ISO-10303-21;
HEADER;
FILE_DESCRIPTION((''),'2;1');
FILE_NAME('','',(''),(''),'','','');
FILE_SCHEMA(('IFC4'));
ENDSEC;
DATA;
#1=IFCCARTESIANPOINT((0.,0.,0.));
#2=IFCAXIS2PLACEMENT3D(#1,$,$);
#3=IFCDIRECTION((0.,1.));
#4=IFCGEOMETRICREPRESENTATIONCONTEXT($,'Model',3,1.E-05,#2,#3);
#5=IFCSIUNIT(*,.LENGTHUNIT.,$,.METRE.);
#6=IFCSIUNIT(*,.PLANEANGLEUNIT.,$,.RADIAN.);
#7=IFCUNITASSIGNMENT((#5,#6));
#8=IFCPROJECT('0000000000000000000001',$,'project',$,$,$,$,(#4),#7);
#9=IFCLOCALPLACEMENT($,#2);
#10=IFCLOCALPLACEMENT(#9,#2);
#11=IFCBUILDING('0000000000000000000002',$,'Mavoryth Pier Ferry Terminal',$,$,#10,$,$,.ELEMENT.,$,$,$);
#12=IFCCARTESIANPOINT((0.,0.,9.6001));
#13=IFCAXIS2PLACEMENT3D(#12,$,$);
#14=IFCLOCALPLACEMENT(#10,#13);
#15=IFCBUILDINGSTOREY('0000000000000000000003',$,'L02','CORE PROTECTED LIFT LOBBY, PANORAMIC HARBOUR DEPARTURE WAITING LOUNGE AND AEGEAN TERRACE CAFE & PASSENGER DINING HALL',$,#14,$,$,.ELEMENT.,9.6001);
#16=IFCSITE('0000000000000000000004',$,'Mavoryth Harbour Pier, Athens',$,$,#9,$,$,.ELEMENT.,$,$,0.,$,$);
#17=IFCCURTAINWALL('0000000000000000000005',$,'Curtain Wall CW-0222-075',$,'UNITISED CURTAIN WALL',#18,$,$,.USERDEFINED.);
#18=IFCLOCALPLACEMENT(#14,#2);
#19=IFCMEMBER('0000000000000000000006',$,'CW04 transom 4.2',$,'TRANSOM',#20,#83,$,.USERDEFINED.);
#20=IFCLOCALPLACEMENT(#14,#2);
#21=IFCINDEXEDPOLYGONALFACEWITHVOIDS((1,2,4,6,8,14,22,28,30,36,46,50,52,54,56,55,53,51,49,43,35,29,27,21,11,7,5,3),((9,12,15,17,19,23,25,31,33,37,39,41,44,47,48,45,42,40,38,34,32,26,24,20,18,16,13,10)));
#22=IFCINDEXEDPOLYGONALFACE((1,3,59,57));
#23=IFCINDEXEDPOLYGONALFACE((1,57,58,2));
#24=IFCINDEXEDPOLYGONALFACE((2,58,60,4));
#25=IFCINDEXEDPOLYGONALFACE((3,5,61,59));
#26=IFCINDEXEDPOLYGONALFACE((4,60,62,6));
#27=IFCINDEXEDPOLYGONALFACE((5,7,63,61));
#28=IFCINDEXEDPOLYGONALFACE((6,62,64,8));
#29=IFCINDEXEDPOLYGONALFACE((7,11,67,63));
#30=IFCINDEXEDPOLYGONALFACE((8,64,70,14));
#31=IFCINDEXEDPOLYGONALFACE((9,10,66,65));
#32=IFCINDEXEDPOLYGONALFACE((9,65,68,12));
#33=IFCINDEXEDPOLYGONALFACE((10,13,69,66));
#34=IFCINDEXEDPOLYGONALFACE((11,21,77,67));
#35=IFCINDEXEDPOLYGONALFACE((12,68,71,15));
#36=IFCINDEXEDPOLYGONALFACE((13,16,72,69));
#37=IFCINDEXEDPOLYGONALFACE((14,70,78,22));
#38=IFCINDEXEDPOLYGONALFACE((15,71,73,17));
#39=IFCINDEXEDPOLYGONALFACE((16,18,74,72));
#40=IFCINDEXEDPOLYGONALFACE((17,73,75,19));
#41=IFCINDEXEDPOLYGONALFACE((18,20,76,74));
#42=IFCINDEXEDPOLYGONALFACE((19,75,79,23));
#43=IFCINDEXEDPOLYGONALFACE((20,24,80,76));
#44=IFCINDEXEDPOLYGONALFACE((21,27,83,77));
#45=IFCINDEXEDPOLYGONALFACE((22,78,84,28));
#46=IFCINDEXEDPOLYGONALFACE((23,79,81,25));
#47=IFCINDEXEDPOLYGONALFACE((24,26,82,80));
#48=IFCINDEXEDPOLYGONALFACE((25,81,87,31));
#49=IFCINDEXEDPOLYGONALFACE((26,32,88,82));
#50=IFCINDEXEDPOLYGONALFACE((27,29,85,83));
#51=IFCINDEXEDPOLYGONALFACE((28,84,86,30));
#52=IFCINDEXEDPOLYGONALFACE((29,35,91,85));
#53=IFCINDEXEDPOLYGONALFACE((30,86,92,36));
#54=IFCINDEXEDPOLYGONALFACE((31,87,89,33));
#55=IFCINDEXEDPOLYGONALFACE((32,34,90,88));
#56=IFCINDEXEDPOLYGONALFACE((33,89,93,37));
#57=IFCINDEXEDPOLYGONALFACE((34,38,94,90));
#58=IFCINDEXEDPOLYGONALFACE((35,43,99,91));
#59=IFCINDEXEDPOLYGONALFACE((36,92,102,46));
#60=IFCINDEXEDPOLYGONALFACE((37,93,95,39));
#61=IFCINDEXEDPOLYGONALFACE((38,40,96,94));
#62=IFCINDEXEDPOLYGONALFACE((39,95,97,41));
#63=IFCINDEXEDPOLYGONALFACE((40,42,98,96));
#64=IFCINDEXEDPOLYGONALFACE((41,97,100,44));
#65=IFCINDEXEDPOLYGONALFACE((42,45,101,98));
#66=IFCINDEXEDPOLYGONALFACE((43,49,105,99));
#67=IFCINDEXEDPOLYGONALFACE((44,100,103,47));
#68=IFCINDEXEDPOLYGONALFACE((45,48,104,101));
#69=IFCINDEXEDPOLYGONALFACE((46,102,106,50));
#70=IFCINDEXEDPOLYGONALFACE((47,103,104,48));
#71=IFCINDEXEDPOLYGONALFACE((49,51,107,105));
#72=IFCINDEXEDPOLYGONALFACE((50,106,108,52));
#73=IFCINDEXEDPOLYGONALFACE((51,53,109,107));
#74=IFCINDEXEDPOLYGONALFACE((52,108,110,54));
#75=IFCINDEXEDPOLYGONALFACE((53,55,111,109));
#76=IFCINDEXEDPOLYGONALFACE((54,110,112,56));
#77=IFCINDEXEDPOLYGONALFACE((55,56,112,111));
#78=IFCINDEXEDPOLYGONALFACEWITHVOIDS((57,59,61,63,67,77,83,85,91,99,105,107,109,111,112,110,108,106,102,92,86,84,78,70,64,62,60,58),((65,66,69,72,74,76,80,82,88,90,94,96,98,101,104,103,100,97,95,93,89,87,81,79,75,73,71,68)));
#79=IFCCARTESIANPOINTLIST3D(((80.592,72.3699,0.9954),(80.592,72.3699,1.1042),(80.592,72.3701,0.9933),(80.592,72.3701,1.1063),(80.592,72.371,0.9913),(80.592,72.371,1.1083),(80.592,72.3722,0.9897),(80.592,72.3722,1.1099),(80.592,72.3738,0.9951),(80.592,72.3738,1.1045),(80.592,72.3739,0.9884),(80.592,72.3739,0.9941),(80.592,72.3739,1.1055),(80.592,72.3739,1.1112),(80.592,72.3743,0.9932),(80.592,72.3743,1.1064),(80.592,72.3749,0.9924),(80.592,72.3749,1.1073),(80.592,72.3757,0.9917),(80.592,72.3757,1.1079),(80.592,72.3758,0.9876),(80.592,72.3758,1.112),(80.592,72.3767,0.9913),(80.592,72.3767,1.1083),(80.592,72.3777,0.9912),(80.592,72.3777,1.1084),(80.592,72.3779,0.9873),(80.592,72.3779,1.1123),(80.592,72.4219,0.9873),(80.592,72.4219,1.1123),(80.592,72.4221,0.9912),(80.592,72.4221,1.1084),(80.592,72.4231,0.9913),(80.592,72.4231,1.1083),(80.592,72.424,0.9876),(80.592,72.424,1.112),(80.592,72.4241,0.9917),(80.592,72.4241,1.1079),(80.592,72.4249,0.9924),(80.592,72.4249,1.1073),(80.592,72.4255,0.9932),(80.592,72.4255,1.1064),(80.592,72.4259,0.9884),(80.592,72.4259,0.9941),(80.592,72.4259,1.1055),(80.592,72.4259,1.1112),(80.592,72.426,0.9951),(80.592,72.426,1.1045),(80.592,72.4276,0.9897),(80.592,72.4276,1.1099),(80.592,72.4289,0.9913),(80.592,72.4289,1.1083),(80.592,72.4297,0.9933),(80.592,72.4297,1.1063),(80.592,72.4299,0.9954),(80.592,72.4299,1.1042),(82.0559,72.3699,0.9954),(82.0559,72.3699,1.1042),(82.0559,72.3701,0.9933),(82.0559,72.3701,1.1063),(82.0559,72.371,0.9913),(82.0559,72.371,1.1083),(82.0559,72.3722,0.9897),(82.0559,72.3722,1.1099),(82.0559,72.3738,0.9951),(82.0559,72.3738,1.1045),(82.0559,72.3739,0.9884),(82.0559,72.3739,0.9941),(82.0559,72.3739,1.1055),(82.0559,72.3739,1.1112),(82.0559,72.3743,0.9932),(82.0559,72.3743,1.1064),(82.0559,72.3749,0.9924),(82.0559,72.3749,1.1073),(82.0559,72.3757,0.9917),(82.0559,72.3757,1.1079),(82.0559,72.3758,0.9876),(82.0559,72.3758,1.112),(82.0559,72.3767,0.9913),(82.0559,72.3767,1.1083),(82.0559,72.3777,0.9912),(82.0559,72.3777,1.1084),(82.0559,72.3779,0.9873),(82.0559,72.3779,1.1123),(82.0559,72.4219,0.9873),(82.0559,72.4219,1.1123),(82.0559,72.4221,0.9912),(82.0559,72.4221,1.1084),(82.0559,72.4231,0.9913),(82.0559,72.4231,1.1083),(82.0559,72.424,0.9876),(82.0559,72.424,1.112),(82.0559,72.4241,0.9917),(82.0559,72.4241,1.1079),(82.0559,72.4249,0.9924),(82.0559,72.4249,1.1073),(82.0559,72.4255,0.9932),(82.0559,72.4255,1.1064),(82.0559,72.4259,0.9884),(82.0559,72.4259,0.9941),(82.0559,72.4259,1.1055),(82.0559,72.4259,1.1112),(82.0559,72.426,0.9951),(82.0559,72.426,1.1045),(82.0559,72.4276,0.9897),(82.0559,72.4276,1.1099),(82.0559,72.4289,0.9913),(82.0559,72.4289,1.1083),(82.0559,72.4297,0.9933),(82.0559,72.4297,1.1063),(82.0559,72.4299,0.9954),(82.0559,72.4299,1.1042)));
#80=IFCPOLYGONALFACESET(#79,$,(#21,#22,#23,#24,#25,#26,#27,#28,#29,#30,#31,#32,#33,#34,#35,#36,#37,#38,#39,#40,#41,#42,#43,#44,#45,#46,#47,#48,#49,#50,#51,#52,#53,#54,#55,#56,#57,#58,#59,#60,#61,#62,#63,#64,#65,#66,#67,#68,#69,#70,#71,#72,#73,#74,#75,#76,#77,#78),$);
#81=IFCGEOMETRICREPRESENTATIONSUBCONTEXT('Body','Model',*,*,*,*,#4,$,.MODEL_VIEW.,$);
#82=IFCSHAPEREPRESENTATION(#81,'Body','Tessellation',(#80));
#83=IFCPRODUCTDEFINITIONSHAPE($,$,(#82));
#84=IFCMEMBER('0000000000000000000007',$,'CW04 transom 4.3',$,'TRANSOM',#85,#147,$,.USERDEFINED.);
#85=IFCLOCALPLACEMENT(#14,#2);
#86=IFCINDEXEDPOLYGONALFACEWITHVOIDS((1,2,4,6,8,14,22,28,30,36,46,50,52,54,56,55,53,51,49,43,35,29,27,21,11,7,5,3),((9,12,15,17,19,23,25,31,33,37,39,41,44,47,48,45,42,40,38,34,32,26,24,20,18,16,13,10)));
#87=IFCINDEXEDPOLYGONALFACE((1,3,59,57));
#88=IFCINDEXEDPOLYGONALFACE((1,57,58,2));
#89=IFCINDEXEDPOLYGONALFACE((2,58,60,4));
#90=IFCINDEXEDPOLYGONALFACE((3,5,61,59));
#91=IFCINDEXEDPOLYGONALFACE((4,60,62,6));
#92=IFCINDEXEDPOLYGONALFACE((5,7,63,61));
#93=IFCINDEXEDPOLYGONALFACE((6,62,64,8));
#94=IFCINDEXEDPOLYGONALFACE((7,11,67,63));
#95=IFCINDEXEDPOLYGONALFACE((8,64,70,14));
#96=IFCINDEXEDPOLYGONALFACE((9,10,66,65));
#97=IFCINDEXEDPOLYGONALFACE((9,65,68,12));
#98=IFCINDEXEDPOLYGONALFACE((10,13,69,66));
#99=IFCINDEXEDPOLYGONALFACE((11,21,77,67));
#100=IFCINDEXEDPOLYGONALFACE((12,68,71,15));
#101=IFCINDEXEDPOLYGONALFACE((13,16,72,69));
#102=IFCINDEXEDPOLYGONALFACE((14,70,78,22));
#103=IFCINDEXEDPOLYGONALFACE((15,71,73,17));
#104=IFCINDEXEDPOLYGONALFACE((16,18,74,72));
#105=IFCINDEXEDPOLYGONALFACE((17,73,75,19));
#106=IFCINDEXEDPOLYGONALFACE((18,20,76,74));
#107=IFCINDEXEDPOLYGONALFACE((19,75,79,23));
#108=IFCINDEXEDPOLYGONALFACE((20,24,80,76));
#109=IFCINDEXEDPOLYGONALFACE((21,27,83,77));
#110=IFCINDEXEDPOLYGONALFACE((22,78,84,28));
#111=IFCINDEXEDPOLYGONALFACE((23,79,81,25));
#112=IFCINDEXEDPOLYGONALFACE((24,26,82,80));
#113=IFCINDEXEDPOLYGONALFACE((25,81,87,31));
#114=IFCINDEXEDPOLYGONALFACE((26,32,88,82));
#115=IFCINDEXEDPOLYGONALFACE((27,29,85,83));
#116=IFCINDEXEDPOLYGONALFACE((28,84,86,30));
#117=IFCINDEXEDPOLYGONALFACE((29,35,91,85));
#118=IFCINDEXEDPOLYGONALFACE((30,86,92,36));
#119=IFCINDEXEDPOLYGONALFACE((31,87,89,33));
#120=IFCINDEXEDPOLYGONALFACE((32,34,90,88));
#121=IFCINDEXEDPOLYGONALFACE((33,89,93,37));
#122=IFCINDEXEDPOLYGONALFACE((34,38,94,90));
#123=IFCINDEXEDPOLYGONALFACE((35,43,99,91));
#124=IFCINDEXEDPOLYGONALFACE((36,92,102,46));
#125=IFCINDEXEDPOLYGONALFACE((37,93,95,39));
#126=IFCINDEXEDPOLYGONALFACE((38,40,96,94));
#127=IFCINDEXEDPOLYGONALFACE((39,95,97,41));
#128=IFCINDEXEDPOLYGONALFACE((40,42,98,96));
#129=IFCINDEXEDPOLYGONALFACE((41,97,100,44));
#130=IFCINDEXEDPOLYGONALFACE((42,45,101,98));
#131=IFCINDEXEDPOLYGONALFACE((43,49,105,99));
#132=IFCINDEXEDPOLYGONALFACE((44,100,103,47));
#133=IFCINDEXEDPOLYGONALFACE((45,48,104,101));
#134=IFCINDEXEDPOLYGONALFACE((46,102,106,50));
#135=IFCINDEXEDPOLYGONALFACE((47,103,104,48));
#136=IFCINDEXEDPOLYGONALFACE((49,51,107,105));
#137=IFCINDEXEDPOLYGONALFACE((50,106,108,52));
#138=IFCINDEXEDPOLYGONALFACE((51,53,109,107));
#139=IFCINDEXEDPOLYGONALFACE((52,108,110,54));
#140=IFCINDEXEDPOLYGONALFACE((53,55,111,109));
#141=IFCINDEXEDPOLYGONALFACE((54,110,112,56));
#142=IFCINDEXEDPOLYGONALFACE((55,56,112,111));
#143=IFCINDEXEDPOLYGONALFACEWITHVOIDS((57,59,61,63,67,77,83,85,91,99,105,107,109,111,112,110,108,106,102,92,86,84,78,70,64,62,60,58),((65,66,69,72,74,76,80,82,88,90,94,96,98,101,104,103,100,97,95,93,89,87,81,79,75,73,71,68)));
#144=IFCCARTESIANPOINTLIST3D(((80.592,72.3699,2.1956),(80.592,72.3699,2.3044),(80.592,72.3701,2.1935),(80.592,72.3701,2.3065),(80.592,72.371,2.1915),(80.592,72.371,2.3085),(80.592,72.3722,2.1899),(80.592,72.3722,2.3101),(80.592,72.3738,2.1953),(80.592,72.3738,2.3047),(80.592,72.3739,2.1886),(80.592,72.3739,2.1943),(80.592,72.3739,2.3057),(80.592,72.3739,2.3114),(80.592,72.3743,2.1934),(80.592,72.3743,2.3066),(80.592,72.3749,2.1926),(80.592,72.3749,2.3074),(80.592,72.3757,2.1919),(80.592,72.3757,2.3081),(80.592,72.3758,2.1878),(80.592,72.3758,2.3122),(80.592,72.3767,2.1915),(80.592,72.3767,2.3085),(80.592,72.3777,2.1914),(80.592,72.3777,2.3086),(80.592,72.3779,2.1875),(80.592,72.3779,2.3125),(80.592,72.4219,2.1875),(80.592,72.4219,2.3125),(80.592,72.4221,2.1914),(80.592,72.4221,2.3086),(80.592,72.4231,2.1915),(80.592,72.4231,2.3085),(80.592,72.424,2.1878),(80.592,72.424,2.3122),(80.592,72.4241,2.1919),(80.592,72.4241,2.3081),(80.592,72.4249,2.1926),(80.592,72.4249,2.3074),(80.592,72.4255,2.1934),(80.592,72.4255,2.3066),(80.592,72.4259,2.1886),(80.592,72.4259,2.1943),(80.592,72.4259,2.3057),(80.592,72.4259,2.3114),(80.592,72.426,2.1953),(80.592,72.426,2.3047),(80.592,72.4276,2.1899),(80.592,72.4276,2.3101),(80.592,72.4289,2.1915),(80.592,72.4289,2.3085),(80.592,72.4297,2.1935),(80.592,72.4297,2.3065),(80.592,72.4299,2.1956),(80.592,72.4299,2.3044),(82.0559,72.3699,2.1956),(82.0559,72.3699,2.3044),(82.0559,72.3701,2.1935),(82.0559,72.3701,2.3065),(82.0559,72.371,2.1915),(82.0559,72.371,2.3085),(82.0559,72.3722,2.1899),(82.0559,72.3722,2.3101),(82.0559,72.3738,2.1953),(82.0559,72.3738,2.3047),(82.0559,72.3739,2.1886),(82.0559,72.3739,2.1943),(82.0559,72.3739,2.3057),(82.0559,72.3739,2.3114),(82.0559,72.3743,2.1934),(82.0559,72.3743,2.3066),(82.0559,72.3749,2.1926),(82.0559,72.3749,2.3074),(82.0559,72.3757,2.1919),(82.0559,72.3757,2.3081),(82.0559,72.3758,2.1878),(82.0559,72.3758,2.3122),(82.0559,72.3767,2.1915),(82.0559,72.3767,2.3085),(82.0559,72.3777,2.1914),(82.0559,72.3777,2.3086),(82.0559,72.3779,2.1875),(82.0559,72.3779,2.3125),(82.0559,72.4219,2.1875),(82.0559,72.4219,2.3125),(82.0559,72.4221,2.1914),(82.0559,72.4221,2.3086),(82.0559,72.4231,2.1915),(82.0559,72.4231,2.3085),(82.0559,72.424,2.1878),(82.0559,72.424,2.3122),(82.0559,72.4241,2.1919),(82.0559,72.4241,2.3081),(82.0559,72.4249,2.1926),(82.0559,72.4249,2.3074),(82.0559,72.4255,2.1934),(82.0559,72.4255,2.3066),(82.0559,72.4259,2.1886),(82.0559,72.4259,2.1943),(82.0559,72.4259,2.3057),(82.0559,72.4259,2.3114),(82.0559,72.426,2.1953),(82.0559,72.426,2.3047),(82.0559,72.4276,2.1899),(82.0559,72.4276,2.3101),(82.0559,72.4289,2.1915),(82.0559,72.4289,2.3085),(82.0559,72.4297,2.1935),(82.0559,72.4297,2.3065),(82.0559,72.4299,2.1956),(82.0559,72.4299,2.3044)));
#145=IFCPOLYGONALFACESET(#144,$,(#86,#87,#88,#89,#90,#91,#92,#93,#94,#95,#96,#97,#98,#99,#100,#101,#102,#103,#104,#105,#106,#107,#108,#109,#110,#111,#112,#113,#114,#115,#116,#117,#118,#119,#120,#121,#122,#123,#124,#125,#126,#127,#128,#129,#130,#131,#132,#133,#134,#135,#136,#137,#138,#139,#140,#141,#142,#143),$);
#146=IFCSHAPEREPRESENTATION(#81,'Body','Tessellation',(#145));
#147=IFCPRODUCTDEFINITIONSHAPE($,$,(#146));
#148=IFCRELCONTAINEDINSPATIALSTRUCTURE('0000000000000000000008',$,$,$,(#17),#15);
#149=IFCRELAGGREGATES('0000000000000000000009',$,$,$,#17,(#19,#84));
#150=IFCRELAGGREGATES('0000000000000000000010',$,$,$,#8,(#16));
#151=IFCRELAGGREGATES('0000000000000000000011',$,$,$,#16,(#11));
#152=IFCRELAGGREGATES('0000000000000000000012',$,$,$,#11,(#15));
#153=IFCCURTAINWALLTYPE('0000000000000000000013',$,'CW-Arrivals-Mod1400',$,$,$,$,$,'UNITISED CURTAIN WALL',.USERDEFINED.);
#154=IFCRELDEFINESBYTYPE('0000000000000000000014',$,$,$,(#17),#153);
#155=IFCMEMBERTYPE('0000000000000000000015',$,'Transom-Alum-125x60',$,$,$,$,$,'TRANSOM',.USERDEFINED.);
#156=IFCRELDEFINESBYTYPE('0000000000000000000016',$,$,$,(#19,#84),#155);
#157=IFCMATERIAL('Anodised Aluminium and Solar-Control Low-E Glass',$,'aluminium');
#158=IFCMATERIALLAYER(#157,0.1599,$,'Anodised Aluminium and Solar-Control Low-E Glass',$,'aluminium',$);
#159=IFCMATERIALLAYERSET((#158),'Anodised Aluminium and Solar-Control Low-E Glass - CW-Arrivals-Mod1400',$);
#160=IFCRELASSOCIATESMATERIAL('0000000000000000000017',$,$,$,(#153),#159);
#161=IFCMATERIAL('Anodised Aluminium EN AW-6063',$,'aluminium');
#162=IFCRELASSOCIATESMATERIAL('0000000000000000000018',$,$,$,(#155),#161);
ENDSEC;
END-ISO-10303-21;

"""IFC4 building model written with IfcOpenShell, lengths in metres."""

from ifc_helpers import new_model, si_unit, direction, frame, origin, origin_2d, place, context, subcontext, project, spatial, hollow_rectangle, extrude, material, layer, layer_set, material_profile, profile_set, type_object, element, aggregate, save


model = new_model("IFC4")

# Units and contexts
model_context = context("Model", 3, precision=1e-05, world=origin(), true_north=direction((0.0, 1.0)))
body_context = subcontext(model_context, "Body", "Model", "MODEL_VIEW")
ifc_project = project(units=[si_unit("LENGTHUNIT", "METRE"), si_unit("PLANEANGLEUNIT", "RADIAN")], contexts=[model_context])

# Site, building, storey
site_placement = place(None, origin())
site = spatial("IfcSite", under=ifc_project, at=site_placement, Name="Mavoryth Harbour Pier, Athens", CompositionType="ELEMENT", RefElevation=0.0)
building_placement = place(site_placement, origin())
building = spatial("IfcBuilding", under=site, at=building_placement, Name="Mavoryth Pier Ferry Terminal", CompositionType="ELEMENT")
storey_placement = place(building_placement, frame((0.0, 0.0, 9.6001)))
storey = spatial("IfcBuildingStorey", under=building, at=storey_placement, Name="L02", Description="CORE PROTECTED LIFT LOBBY, PANORAMIC HARBOUR DEPARTURE WAITING LOUNGE AND AEGEAN TERRACE CAFE & PASSENGER DINING HALL", CompositionType="ELEMENT", Elevation=9.6001)

# Curtain wall, members
ifc_material_1 = material(Name="Anodised Aluminium and Solar-Control Low-E Glass", Category="aluminium")
ifc_layer_1 = layer(ifc_material_1, 0.1599, Name="Anodised Aluminium and Solar-Control Low-E Glass", Category="aluminium")
ifc_layer_set_1 = layer_set([ifc_layer_1], Name="Anodised Aluminium and Solar-Control Low-E Glass - CW-Arrivals-Mod1400")
curtain_wall_type = type_object("IfcCurtainWallType", Name="CW-Arrivals-Mod1400", ElementType="UNITISED CURTAIN WALL", PredefinedType="USERDEFINED", material=ifc_layer_set_1)
curtain_wall_placement = place(storey_placement, origin())
curtain_wall = element("IfcCurtainWall", 1, at=curtain_wall_placement, inside=storey, type_object=curtain_wall_type, Name="Curtain Wall CW-0222-075", ObjectType="UNITISED CURTAIN WALL", PredefinedType="USERDEFINED")
ifc_material_2 = material(Name="Anodised Aluminium EN AW-6063", Category="aluminium")
ifc_material_profile_1 = material_profile(ifc_material_2, hollow_rectangle(XDim=0.0601, YDim=0.125, WallThickness=0.0039, InnerFilletRadius=0.0039, OuterFilletRadius=0.0081, at=origin_2d()), Name="AL-TRAN 125x60x4", Category="aluminium")
ifc_profile_set_1 = profile_set([ifc_material_profile_1], Name="Anodised Aluminium EN AW-6063 - AL-TRAN 125x60x4")
member_type_1 = type_object("IfcMemberType", Name="Transom-Alum-125x60", ElementType="TRANSOM", PredefinedType="USERDEFINED", material=ifc_profile_set_1)
member_1_placement = place(storey_placement, frame((80.592, 72.3999, 1.0498), z_axis=(1.0, 0.0, 0.0), x_axis=(0.0, 1.0, 0.0)))
member_1 = element("IfcMember", 2, at=member_1_placement, type_object=member_type_1, Name="CW04 transom 4.2", ObjectType="TRANSOM", PredefinedType="USERDEFINED", context=body_context, shape_type="SweptSolid", body=[
    extrude(hollow_rectangle(XDim=0.0601, YDim=0.125, WallThickness=0.0039, InnerFilletRadius=0.0039, OuterFilletRadius=0.0081, at=origin_2d()), origin(), (0.0, 0.0, 1.0), 1.4639),
])
member_2_placement = place(storey_placement, frame((80.592, 72.3999, 2.25), z_axis=(1.0, 0.0, 0.0), x_axis=(0.0, 1.0, 0.0)))
member_2 = element("IfcMember", 3, at=member_2_placement, type_object=member_type_1, Name="CW04 transom 4.3", ObjectType="TRANSOM", PredefinedType="USERDEFINED", context=body_context, shape_type="SweptSolid", body=[
    extrude(hollow_rectangle(XDim=0.0601, YDim=0.125, WallThickness=0.0039, InnerFilletRadius=0.0039, OuterFilletRadius=0.0081, at=origin_2d()), origin(), (0.0, 0.0, 1.0), 1.4639),
])
aggregate(curtain_wall, [member_1, member_2])

save(model, "model.ifc")
